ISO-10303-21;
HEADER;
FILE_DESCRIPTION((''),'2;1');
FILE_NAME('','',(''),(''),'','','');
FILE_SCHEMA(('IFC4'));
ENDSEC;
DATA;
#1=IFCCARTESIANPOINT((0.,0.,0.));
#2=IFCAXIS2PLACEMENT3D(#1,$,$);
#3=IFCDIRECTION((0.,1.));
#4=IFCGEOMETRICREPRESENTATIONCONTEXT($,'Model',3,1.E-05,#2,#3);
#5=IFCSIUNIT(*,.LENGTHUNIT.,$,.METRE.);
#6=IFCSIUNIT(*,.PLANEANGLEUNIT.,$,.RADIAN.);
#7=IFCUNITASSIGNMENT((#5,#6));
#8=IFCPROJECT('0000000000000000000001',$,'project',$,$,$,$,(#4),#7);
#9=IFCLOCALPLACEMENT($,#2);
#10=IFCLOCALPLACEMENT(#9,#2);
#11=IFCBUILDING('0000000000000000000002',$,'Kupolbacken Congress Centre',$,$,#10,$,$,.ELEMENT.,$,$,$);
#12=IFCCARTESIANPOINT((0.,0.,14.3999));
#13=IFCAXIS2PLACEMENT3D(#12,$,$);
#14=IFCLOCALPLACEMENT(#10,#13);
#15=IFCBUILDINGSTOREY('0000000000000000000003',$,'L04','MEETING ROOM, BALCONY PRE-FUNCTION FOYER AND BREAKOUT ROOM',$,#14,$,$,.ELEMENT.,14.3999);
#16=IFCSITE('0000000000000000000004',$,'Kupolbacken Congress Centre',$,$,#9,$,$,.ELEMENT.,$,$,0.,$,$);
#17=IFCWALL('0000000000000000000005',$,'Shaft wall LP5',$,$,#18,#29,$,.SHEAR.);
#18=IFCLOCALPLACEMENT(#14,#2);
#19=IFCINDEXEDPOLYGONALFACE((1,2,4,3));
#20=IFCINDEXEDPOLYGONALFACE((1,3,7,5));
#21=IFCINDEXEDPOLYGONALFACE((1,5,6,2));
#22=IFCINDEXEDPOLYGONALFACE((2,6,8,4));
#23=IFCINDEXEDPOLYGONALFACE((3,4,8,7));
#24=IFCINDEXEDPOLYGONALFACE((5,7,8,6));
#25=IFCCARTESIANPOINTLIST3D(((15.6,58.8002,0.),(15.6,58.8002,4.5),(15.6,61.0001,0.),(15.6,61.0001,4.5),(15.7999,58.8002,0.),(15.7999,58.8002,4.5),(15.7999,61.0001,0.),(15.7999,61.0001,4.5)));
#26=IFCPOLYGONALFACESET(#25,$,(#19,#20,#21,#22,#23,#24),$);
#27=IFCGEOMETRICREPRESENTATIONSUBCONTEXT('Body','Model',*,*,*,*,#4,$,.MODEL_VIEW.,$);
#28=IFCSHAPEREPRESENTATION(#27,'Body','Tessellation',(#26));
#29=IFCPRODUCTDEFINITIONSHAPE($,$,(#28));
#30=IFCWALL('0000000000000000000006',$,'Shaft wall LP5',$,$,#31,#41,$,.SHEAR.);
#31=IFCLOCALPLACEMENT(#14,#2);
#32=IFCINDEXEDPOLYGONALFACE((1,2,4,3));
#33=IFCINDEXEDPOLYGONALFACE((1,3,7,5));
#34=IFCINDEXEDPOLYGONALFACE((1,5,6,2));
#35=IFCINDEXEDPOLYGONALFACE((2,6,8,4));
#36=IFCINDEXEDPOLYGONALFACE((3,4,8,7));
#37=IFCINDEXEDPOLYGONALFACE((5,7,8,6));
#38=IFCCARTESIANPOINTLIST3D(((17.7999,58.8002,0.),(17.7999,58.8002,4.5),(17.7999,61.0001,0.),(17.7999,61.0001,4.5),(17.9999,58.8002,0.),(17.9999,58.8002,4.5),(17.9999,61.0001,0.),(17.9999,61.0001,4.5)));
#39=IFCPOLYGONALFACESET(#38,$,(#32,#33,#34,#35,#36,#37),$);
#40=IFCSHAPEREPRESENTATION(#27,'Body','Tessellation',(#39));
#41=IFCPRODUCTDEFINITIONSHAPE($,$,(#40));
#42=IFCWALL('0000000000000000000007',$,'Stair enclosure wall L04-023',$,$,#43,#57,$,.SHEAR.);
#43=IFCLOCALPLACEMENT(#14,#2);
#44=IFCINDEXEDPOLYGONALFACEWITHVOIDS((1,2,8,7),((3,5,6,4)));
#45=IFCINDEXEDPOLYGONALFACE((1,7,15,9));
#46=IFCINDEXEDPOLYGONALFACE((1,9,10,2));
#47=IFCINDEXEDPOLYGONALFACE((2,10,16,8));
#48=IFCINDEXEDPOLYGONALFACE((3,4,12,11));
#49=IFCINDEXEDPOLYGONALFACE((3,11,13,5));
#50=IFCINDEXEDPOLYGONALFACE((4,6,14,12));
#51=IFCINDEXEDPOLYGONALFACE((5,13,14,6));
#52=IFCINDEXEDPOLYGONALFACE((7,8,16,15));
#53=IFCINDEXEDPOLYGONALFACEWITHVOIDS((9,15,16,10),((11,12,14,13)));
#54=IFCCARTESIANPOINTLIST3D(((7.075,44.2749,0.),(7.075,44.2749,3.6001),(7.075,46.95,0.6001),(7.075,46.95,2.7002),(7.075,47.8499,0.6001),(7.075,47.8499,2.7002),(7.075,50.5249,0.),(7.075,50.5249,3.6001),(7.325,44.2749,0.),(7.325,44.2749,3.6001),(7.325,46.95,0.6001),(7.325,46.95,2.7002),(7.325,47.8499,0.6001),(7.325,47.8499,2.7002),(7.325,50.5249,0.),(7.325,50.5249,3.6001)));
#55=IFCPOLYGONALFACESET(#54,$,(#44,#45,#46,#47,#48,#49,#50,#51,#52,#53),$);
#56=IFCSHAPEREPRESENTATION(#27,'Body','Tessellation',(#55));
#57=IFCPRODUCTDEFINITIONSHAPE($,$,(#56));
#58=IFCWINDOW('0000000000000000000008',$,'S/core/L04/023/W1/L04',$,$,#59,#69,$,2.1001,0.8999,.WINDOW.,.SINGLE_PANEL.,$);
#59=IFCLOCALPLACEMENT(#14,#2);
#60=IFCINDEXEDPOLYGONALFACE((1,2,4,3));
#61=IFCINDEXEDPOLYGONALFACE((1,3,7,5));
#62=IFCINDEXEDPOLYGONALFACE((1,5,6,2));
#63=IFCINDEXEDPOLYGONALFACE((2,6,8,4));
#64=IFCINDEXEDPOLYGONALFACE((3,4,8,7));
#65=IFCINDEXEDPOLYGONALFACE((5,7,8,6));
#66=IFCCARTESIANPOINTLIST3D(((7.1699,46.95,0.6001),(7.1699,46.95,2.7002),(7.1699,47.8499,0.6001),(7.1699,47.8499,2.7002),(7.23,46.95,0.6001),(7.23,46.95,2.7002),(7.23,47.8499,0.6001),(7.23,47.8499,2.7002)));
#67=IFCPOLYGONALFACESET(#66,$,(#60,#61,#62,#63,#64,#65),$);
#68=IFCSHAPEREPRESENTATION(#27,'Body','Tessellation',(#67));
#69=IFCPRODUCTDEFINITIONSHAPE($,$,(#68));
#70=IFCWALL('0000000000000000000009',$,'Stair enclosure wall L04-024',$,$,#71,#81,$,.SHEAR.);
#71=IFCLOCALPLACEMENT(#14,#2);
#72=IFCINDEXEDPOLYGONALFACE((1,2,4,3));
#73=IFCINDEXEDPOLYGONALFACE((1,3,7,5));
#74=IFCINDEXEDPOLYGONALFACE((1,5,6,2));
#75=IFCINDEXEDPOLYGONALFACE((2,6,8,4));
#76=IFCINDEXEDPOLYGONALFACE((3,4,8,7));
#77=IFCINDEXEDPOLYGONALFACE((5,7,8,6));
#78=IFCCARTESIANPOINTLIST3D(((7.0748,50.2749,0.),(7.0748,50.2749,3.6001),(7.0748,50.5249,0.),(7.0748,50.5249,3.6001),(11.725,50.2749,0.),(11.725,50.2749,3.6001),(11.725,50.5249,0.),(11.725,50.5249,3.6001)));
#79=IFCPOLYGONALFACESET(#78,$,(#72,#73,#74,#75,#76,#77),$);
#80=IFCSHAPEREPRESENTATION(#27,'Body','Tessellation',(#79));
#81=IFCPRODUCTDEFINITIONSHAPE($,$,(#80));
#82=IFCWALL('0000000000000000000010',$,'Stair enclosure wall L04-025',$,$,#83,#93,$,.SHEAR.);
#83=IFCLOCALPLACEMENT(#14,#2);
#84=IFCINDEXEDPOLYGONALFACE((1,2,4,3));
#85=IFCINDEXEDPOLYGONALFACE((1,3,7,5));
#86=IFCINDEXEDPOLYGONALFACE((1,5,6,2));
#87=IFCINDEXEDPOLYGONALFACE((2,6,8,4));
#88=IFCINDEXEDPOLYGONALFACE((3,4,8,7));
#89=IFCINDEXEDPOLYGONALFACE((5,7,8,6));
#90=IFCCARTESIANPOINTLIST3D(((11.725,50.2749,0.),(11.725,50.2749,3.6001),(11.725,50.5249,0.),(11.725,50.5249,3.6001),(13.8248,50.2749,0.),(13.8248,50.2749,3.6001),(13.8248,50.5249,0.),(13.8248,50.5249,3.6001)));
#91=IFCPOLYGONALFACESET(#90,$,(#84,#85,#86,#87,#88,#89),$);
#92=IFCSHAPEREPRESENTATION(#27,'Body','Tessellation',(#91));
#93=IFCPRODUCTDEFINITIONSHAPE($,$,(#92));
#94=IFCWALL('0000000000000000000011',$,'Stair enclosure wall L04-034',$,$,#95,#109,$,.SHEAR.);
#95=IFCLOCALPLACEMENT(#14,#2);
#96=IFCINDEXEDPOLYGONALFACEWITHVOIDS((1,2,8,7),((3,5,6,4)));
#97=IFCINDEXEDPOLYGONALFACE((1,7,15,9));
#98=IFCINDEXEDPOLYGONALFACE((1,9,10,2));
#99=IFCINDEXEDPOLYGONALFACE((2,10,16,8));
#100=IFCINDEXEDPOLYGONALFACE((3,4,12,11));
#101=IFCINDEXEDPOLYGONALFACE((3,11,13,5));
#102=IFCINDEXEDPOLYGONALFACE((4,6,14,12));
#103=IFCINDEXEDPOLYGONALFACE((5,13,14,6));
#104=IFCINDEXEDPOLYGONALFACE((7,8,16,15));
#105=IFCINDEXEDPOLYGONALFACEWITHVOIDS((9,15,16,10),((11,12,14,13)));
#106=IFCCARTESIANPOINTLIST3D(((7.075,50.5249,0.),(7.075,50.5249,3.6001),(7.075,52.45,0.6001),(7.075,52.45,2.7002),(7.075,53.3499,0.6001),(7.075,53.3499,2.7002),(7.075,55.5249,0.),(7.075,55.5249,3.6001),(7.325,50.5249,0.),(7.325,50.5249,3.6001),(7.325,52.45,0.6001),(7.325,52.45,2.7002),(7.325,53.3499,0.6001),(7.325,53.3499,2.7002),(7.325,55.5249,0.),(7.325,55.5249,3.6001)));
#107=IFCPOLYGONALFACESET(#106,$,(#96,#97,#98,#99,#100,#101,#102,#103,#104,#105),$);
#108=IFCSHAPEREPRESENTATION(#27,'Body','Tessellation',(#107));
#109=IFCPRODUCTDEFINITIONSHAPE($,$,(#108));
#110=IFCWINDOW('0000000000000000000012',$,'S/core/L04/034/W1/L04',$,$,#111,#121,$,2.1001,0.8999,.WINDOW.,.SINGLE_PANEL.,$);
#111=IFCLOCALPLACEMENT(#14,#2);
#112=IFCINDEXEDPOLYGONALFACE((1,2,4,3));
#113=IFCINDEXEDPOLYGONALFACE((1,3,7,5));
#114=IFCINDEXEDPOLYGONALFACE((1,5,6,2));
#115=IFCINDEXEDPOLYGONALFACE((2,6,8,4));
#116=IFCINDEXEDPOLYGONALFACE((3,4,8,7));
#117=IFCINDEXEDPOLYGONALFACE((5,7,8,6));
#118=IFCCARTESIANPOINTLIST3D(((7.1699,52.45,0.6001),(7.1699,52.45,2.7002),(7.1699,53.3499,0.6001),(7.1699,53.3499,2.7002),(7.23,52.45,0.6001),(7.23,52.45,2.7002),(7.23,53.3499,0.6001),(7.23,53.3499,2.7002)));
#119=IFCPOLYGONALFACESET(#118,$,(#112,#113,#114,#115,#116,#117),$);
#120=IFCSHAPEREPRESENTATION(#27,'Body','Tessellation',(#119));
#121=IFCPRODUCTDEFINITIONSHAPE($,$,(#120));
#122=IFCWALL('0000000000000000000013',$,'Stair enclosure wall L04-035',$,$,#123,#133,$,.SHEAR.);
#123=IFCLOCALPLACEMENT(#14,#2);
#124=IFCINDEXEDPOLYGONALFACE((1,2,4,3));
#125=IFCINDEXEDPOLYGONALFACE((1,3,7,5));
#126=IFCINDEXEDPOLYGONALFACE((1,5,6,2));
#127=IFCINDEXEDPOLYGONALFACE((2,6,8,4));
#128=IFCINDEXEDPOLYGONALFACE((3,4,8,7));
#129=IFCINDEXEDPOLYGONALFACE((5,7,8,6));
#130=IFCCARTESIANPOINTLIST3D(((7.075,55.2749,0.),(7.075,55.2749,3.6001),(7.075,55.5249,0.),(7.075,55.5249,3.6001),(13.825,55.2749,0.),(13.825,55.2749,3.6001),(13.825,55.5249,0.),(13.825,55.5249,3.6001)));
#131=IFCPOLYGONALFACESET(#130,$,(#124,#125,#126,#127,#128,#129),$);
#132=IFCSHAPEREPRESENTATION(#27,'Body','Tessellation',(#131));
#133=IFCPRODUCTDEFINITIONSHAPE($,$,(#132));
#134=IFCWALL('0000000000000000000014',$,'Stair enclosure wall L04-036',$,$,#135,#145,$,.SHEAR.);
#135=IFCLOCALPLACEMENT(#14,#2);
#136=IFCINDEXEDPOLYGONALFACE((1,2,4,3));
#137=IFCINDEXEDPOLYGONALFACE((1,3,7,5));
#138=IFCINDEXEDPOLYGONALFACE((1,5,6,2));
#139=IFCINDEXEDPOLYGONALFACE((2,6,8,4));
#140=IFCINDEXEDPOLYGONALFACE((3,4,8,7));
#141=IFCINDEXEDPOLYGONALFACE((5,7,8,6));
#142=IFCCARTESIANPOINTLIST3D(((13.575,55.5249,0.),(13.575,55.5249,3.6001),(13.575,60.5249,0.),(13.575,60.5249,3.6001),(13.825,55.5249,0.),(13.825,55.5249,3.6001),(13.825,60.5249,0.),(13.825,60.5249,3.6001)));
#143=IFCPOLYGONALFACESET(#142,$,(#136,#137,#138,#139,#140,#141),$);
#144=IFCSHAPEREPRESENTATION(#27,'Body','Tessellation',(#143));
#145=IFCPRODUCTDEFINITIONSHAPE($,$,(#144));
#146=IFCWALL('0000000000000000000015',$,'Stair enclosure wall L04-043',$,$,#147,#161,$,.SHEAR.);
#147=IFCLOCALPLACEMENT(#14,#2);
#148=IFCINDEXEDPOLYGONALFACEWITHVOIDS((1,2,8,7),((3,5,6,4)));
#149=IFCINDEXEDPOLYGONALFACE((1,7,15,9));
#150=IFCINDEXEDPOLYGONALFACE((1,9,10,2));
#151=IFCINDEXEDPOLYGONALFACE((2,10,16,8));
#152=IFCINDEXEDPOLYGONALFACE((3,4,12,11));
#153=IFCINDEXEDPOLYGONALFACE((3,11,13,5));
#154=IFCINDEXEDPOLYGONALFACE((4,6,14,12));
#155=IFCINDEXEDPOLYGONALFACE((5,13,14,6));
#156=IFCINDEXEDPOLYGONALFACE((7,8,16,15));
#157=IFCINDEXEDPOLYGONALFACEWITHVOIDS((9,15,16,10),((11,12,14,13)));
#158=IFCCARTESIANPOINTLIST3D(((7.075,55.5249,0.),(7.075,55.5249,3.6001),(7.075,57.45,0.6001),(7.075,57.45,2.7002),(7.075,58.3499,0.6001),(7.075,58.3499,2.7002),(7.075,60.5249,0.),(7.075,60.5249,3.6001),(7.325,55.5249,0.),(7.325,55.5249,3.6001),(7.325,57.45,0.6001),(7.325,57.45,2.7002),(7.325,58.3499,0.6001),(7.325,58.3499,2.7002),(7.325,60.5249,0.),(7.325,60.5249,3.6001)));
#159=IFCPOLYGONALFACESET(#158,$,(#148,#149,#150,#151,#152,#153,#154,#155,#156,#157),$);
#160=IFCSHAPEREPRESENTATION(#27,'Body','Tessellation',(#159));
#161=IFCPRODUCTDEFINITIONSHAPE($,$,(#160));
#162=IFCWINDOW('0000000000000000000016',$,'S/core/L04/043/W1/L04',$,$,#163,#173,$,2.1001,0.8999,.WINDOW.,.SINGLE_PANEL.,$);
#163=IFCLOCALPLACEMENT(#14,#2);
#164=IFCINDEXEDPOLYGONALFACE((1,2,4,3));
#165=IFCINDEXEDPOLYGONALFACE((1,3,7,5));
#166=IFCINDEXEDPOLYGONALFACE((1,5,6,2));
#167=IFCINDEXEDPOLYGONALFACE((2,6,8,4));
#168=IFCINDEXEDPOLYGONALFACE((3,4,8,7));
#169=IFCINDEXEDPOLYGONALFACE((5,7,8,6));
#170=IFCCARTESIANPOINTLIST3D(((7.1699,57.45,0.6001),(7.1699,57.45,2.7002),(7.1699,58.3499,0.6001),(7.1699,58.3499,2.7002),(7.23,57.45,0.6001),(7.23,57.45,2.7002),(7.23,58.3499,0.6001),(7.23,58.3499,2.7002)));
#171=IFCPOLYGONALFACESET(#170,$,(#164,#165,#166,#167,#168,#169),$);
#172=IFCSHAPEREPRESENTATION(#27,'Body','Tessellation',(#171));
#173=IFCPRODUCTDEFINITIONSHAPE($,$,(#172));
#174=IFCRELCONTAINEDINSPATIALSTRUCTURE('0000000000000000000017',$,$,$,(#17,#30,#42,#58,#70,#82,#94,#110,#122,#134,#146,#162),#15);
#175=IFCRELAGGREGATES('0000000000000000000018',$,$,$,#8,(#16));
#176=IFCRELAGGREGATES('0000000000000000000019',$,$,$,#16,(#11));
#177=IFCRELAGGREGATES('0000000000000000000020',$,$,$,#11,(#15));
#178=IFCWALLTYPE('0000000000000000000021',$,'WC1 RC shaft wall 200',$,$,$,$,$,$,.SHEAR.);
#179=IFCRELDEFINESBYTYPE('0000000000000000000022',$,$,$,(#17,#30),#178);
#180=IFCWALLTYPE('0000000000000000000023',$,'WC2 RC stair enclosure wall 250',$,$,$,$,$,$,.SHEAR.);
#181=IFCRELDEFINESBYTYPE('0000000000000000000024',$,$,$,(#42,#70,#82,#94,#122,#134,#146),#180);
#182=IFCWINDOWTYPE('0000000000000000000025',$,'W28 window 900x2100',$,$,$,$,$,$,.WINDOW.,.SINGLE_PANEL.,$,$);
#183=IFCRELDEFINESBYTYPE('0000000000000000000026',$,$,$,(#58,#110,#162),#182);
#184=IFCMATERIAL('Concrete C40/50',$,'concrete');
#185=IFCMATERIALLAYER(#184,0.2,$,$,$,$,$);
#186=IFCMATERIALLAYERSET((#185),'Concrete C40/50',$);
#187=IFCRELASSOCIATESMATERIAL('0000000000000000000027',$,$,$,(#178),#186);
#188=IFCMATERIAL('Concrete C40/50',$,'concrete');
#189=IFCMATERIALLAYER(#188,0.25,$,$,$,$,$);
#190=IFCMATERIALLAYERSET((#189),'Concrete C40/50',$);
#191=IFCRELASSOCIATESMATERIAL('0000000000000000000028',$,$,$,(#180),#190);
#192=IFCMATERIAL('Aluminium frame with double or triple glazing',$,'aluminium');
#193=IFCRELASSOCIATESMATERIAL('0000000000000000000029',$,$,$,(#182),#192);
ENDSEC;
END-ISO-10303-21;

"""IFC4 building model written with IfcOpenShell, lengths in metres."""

from ifc_helpers import new_model, si_unit, direction, frame, frame_2d, origin, place, context, subcontext, project, spatial, rectangle, extrude, material, layer, layer_set, type_object, element, fill, save


model = new_model("IFC4")

# Units and contexts
model_context = context("Model", 3, precision=1e-05, world=origin(), true_north=direction((0.0, 1.0)))
body_context = subcontext(model_context, "Body", "Model", "MODEL_VIEW")
ifc_project = project(units=[si_unit("LENGTHUNIT", "METRE"), si_unit("PLANEANGLEUNIT", "RADIAN")], contexts=[model_context])

# Site, building, storey
site_placement = place(None, origin())
site = spatial("IfcSite", under=ifc_project, at=site_placement, Name="Kupolbacken Congress Centre", CompositionType="ELEMENT", RefElevation=0.0)
building_placement = place(site_placement, origin())
building = spatial("IfcBuilding", under=site, at=building_placement, Name="Kupolbacken Congress Centre", CompositionType="ELEMENT")
storey_placement = place(building_placement, frame((0.0, 0.0, 14.3999)))
storey = spatial("IfcBuildingStorey", under=building, at=storey_placement, Name="L04", Description="MEETING ROOM, BALCONY PRE-FUNCTION FOYER AND BREAKOUT ROOM", CompositionType="ELEMENT", Elevation=14.3999)

# Walls
ifc_material_1 = material(Name="Concrete C40/50", Category="concrete")
ifc_layer_1 = layer(ifc_material_1, 0.2)
ifc_layer_set_1 = layer_set([ifc_layer_1], Name="Concrete C40/50")
wall_type_1 = type_object("IfcWallType", Name="WC1 RC shaft wall 200", PredefinedType="SHEAR", material=ifc_layer_set_1)
for number, where, z_axis, x_axis, name in (
    (1, (15.7, 58.8, 0.0), (0.0, 0.0, 1.0), (0.0, 1.0, 0.0), "Shaft wall LP5"),
    (2, (17.8999, 58.8, 0.0), (0.0, 0.0, 1.0), (0.0, 1.0, 0.0), "Shaft wall LP5"),
):
    element("IfcWall", number, at=place(storey_placement, frame(where, z_axis=z_axis, x_axis=x_axis)), inside=storey, type_object=wall_type_1, Name=name, PredefinedType="SHEAR", context=body_context, shape_type="SweptSolid", body=[
        extrude(rectangle(XDim=2.2, YDim=0.2, at=frame_2d((1.1001, 0.0))), origin(), (0.0, 0.0, 1.0), 4.5),
    ])

# Wall, opening, window
ifc_material_2 = material(Name="Concrete C40/50", Category="concrete")
ifc_layer_2 = layer(ifc_material_2, 0.25)
ifc_layer_set_2 = layer_set([ifc_layer_2], Name="Concrete C40/50")
wall_type_2 = type_object("IfcWallType", Name="WC2 RC stair enclosure wall 250", PredefinedType="SHEAR", material=ifc_layer_set_2)
wall_1_placement = place(storey_placement, frame((7.2, 50.5249, 0.0), z_axis=(0.0, 0.0, 1.0), x_axis=(0.0, -1.0, 0.0)))
wall_1 = element("IfcWall", 3, at=wall_1_placement, inside=storey, type_object=wall_type_2, Name="Stair enclosure wall L04-023", PredefinedType="SHEAR", context=body_context, shape_type="SweptSolid", body=[
    extrude(rectangle(XDim=6.25, YDim=0.25, at=frame_2d((3.125, 0.0))), origin(), (0.0, 0.0, 1.0), 3.6001),
])
opening_1_placement = place(wall_1_placement, frame((2.675, 0.0, 0.6001)))
opening_1 = element("IfcOpeningElement", 4, at=opening_1_placement, cuts=wall_1, PredefinedType="OPENING", context=body_context, shape_type="SweptSolid", body=[
    extrude(rectangle(XDim=0.8999, YDim=2.1001, at=frame_2d((0.45, 1.05))), frame((0.0, 0.135, 0.0), z_axis=(0.0, -1.0, 0.0), x_axis=(1.0, 0.0, 0.0)), (0.0, 0.0, 1.0), 0.27),
])
ifc_material_3 = material(Name="Aluminium frame with double or triple glazing", Category="aluminium")
window_type = type_object("IfcWindowType", Name="W28 window 900x2100", PartitioningType="SINGLE_PANEL", PredefinedType="WINDOW", material=ifc_material_3)
window_1_placement = place(opening_1_placement, origin())
window_1 = element("IfcWindow", 5, at=window_1_placement, inside=storey, type_object=window_type, Name="S/core/L04/023/W1/L04", OverallHeight=2.1001, OverallWidth=0.8999, PartitioningType="SINGLE_PANEL", PredefinedType="WINDOW", context=body_context, shape_type="SweptSolid", body=[
    extrude(rectangle(XDim=0.8999, YDim=2.1001, at=frame_2d((0.45, 1.05))), frame((0.0, 0.03, 0.0), z_axis=(0.0, -1.0, 0.0), x_axis=(1.0, 0.0, 0.0)), (0.0, 0.0, 1.0), 0.0601),
])
fill(opening_1, window_1)

# Walls
wall_2_placement = place(storey_placement, frame((11.7251, 50.3999, 0.0), z_axis=(0.0, 0.0, 1.0), x_axis=(-1.0, 0.0, 0.0)))
element("IfcWall", 6, at=wall_2_placement, inside=storey, type_object=wall_type_2, Name="Stair enclosure wall L04-024", PredefinedType="SHEAR", context=body_context, shape_type="SweptSolid", body=[
    extrude(rectangle(XDim=4.6501, YDim=0.25, at=frame_2d((2.3252, 0.0))), origin(), (0.0, 0.0, 1.0), 3.6001),
])
wall_3_placement = place(storey_placement, frame((11.7251, 50.3999, 0.0), z_axis=(0.0, 0.0, 1.0), x_axis=(1.0, 0.0, 0.0)))
element("IfcWall", 7, at=wall_3_placement, inside=storey, type_object=wall_type_2, Name="Stair enclosure wall L04-025", PredefinedType="SHEAR", context=body_context, shape_type="SweptSolid", body=[
    extrude(rectangle(XDim=2.0999, YDim=0.25, at=frame_2d((1.0498, 0.0))), origin(), (0.0, 0.0, 1.0), 3.6001),
])

# Wall, opening, window
wall_4_placement = place(storey_placement, frame((7.2, 55.5249, 0.0), z_axis=(0.0, 0.0, 1.0), x_axis=(0.0, -1.0, 0.0)))
wall_4 = element("IfcWall", 8, at=wall_4_placement, inside=storey, type_object=wall_type_2, Name="Stair enclosure wall L04-034", PredefinedType="SHEAR", context=body_context, shape_type="SweptSolid", body=[
    extrude(rectangle(XDim=5.0, YDim=0.25, at=frame_2d((2.5, 0.0))), origin(), (0.0, 0.0, 1.0), 3.6001),
])
opening_2_placement = place(wall_4_placement, frame((2.175, 0.0, 0.6001)))
opening_2 = element("IfcOpeningElement", 9, at=opening_2_placement, cuts=wall_4, PredefinedType="OPENING", context=body_context, shape_type="SweptSolid", body=[
    extrude(rectangle(XDim=0.8999, YDim=2.1001, at=frame_2d((0.45, 1.05))), frame((0.0, 0.135, 0.0), z_axis=(0.0, -1.0, 0.0), x_axis=(1.0, 0.0, 0.0)), (0.0, 0.0, 1.0), 0.27),
])
window_2_placement = place(opening_2_placement, origin())
window_2 = element("IfcWindow", 10, at=window_2_placement, inside=storey, type_object=window_type, Name="S/core/L04/034/W1/L04", OverallHeight=2.1001, OverallWidth=0.8999, PartitioningType="SINGLE_PANEL", PredefinedType="WINDOW", context=body_context, shape_type="SweptSolid", body=[
    extrude(rectangle(XDim=0.8999, YDim=2.1001, at=frame_2d((0.45, 1.05))), frame((0.0, 0.03, 0.0), z_axis=(0.0, -1.0, 0.0), x_axis=(1.0, 0.0, 0.0)), (0.0, 0.0, 1.0), 0.0601),
])
fill(opening_2, window_2)

# Walls
wall_5_placement = place(storey_placement, frame((13.825, 55.3999, 0.0), z_axis=(0.0, 0.0, 1.0), x_axis=(-1.0, 0.0, 0.0)))
element("IfcWall", 11, at=wall_5_placement, inside=storey, type_object=wall_type_2, Name="Stair enclosure wall L04-035", PredefinedType="SHEAR", context=body_context, shape_type="SweptSolid", body=[
    extrude(rectangle(XDim=6.75, YDim=0.25, at=frame_2d((3.375, 0.0))), origin(), (0.0, 0.0, 1.0), 3.6001),
])
wall_6_placement = place(storey_placement, frame((13.7, 55.5249, 0.0), z_axis=(0.0, 0.0, 1.0), x_axis=(0.0, 1.0, 0.0)))
element("IfcWall", 12, at=wall_6_placement, inside=storey, type_object=wall_type_2, Name="Stair enclosure wall L04-036", PredefinedType="SHEAR", context=body_context, shape_type="SweptSolid", body=[
    extrude(rectangle(XDim=5.0, YDim=0.25, at=frame_2d((2.5, 0.0))), origin(), (0.0, 0.0, 1.0), 3.6001),
])

# Wall, opening, window
wall_7_placement = place(storey_placement, frame((7.2, 60.5249, 0.0), z_axis=(0.0, 0.0, 1.0), x_axis=(0.0, -1.0, 0.0)))
wall_7 = element("IfcWall", 13, at=wall_7_placement, inside=storey, type_object=wall_type_2, Name="Stair enclosure wall L04-043", PredefinedType="SHEAR", context=body_context, shape_type="SweptSolid", body=[
    extrude(rectangle(XDim=5.0, YDim=0.25, at=frame_2d((2.5, 0.0))), origin(), (0.0, 0.0, 1.0), 3.6001),
])
opening_3_placement = place(wall_7_placement, frame((2.175, 0.0, 0.6001)))
opening_3 = element("IfcOpeningElement", 14, at=opening_3_placement, cuts=wall_7, PredefinedType="OPENING", context=body_context, shape_type="SweptSolid", body=[
    extrude(rectangle(XDim=0.8999, YDim=2.1001, at=frame_2d((0.45, 1.05))), frame((0.0, 0.135, 0.0), z_axis=(0.0, -1.0, 0.0), x_axis=(1.0, 0.0, 0.0)), (0.0, 0.0, 1.0), 0.27),
])
window_3_placement = place(opening_3_placement, origin())
window_3 = element("IfcWindow", 15, at=window_3_placement, inside=storey, type_object=window_type, Name="S/core/L04/043/W1/L04", OverallHeight=2.1001, OverallWidth=0.8999, PartitioningType="SINGLE_PANEL", PredefinedType="WINDOW", context=body_context, shape_type="SweptSolid", body=[
    extrude(rectangle(XDim=0.8999, YDim=2.1001, at=frame_2d((0.45, 1.05))), frame((0.0, 0.03, 0.0), z_axis=(0.0, -1.0, 0.0), x_axis=(1.0, 0.0, 0.0)), (0.0, 0.0, 1.0), 0.0601),
])
fill(opening_3, window_3)

save(model, "model.ifc")
